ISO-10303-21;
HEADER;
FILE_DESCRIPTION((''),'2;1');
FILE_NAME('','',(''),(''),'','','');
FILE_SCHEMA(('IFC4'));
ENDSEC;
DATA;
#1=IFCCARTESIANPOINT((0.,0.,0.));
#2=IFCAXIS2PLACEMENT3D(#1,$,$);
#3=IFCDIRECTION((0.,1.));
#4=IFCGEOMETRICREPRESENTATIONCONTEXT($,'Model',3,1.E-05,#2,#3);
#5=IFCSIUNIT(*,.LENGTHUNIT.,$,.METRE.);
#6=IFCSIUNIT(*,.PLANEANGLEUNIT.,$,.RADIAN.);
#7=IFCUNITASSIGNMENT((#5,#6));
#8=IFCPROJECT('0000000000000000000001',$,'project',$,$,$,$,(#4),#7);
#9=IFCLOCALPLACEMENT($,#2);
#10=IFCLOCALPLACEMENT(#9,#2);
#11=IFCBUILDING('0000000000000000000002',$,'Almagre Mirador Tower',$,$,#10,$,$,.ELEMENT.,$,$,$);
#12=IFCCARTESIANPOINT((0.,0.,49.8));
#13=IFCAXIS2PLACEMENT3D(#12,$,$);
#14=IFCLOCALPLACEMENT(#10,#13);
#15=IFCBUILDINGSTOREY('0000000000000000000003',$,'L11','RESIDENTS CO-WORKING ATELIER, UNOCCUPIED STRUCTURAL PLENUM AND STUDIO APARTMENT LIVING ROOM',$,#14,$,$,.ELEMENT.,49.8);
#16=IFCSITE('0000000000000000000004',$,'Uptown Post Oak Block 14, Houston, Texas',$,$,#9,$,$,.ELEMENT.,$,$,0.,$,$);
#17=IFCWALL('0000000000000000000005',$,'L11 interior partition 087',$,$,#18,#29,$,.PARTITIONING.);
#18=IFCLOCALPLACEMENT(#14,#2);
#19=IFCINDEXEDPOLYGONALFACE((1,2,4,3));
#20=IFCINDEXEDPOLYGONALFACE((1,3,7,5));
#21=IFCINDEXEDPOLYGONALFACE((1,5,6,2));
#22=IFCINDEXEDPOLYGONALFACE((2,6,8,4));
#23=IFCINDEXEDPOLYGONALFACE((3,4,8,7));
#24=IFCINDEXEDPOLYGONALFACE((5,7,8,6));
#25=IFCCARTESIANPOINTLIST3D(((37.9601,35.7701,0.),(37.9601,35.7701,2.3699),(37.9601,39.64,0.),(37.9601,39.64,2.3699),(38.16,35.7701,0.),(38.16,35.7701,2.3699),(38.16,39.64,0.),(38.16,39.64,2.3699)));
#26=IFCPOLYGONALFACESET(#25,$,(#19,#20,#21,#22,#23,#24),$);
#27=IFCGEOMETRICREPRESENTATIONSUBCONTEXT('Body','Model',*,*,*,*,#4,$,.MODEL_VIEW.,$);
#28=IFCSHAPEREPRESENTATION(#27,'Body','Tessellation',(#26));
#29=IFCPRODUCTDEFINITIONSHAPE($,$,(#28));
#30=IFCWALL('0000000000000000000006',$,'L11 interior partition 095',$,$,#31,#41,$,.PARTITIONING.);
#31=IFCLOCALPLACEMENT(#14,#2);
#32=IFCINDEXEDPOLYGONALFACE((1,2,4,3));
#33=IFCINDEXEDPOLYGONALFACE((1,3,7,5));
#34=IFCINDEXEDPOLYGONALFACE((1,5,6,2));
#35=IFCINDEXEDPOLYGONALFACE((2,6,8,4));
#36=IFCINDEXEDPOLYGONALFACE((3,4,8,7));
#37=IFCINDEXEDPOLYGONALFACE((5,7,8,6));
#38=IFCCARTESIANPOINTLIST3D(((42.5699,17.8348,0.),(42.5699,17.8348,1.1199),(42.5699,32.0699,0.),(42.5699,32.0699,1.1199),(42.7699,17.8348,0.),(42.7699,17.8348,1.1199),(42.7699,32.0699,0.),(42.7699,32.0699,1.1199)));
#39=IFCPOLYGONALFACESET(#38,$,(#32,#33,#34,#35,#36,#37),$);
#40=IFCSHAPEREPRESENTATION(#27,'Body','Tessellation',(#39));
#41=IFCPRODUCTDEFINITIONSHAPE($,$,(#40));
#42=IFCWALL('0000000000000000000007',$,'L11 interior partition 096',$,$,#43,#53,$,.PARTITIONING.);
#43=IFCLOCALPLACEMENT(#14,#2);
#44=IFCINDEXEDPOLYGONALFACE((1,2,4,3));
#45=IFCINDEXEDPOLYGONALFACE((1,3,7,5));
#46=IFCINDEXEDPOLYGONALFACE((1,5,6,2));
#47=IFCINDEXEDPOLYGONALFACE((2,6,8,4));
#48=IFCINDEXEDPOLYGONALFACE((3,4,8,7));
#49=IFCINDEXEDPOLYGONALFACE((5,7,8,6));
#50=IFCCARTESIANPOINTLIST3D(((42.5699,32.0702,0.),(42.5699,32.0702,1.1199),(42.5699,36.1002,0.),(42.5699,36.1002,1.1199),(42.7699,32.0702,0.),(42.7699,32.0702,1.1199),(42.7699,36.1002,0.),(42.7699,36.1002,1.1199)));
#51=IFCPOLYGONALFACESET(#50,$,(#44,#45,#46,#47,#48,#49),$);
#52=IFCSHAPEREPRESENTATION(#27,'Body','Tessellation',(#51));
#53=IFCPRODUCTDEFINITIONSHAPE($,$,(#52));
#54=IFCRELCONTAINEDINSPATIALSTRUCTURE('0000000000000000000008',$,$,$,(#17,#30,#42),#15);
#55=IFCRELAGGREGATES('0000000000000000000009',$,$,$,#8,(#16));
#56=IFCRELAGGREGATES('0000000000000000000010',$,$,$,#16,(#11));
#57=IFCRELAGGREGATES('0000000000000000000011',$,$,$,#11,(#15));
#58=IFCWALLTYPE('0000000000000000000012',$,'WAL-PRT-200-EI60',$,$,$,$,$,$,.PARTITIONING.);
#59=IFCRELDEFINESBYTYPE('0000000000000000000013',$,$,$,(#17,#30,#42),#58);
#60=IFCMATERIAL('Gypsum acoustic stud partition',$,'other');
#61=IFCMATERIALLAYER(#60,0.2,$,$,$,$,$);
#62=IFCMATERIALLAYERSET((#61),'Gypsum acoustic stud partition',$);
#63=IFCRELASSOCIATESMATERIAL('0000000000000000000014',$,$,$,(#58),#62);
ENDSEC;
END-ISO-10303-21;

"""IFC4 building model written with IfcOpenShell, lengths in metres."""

from ifc_helpers import new_model, si_unit, direction, frame, frame_2d, origin, place, context, subcontext, project, spatial, rectangle, extrude, material, layer, layer_set, type_object, element, save


model = new_model("IFC4")

# Units and contexts
model_context = context("Model", 3, precision=1e-05, world=origin(), true_north=direction((0.0, 1.0)))
body_context = subcontext(model_context, "Body", "Model", "MODEL_VIEW")
ifc_project = project(units=[si_unit("LENGTHUNIT", "METRE"), si_unit("PLANEANGLEUNIT", "RADIAN")], contexts=[model_context])

# Site, building, storey
site_placement = place(None, origin())
site = spatial("IfcSite", under=ifc_project, at=site_placement, Name="Uptown Post Oak Block 14, Houston, Texas", CompositionType="ELEMENT", RefElevation=0.0)
building_placement = place(site_placement, origin())
building = spatial("IfcBuilding", under=site, at=building_placement, Name="Almagre Mirador Tower", CompositionType="ELEMENT")
storey_placement = place(building_placement, frame((0.0, 0.0, 49.8)))
storey = spatial("IfcBuildingStorey", under=building, at=storey_placement, Name="L11", Description="RESIDENTS CO-WORKING ATELIER, UNOCCUPIED STRUCTURAL PLENUM AND STUDIO APARTMENT LIVING ROOM", CompositionType="ELEMENT", Elevation=49.8)

# Walls
ifc_material_1 = material(Name="Gypsum acoustic stud partition", Category="other")
ifc_layer_1 = layer(ifc_material_1, 0.2)
ifc_layer_set_1 = layer_set([ifc_layer_1], Name="Gypsum acoustic stud partition")
wall_type_1 = type_object("IfcWallType", Name="WAL-PRT-200-EI60", PredefinedType="PARTITIONING", material=ifc_layer_set_1)
wall_1_placement = place(storey_placement, frame((38.0601, 35.77, 0.0), z_axis=(0.0, 0.0, 1.0), x_axis=(0.0, 1.0, 0.0)))
element("IfcWall", 1, at=wall_1_placement, inside=storey, type_object=wall_type_1, Name="L11 interior partition 087", PredefinedType="PARTITIONING", context=body_context, shape_type="SweptSolid", body=[
    extrude(rectangle(XDim=3.8699, YDim=0.2, at=frame_2d((1.9351, 0.0))), origin(), (0.0, 0.0, 1.0), 2.3699),
])
wall_2_placement = place(storey_placement, frame((42.6699, 32.0701, 0.0), z_axis=(0.0, 0.0, 1.0), x_axis=(0.0, -1.0, 0.0)))
element("IfcWall", 2, at=wall_2_placement, inside=storey, type_object=wall_type_1, Name="L11 interior partition 095", PredefinedType="PARTITIONING", context=body_context, shape_type="SweptSolid", body=[
    extrude(rectangle(XDim=14.2351, YDim=0.2, at=frame_2d((7.1177, 0.0))), origin(), (0.0, 0.0, 1.0), 1.1199),
])
wall_3_placement = place(storey_placement, frame((42.6699, 32.0701, 0.0), z_axis=(0.0, 0.0, 1.0), x_axis=(0.0, 1.0, 0.0)))
element("IfcWall", 3, at=wall_3_placement, inside=storey, type_object=wall_type_1, Name="L11 interior partition 096", PredefinedType="PARTITIONING", context=body_context, shape_type="SweptSolid", body=[
    extrude(rectangle(XDim=4.03, YDim=0.2, at=frame_2d((2.0151, 0.0))), origin(), (0.0, 0.0, 1.0), 1.1199),
])

save(model, "model.ifc")
